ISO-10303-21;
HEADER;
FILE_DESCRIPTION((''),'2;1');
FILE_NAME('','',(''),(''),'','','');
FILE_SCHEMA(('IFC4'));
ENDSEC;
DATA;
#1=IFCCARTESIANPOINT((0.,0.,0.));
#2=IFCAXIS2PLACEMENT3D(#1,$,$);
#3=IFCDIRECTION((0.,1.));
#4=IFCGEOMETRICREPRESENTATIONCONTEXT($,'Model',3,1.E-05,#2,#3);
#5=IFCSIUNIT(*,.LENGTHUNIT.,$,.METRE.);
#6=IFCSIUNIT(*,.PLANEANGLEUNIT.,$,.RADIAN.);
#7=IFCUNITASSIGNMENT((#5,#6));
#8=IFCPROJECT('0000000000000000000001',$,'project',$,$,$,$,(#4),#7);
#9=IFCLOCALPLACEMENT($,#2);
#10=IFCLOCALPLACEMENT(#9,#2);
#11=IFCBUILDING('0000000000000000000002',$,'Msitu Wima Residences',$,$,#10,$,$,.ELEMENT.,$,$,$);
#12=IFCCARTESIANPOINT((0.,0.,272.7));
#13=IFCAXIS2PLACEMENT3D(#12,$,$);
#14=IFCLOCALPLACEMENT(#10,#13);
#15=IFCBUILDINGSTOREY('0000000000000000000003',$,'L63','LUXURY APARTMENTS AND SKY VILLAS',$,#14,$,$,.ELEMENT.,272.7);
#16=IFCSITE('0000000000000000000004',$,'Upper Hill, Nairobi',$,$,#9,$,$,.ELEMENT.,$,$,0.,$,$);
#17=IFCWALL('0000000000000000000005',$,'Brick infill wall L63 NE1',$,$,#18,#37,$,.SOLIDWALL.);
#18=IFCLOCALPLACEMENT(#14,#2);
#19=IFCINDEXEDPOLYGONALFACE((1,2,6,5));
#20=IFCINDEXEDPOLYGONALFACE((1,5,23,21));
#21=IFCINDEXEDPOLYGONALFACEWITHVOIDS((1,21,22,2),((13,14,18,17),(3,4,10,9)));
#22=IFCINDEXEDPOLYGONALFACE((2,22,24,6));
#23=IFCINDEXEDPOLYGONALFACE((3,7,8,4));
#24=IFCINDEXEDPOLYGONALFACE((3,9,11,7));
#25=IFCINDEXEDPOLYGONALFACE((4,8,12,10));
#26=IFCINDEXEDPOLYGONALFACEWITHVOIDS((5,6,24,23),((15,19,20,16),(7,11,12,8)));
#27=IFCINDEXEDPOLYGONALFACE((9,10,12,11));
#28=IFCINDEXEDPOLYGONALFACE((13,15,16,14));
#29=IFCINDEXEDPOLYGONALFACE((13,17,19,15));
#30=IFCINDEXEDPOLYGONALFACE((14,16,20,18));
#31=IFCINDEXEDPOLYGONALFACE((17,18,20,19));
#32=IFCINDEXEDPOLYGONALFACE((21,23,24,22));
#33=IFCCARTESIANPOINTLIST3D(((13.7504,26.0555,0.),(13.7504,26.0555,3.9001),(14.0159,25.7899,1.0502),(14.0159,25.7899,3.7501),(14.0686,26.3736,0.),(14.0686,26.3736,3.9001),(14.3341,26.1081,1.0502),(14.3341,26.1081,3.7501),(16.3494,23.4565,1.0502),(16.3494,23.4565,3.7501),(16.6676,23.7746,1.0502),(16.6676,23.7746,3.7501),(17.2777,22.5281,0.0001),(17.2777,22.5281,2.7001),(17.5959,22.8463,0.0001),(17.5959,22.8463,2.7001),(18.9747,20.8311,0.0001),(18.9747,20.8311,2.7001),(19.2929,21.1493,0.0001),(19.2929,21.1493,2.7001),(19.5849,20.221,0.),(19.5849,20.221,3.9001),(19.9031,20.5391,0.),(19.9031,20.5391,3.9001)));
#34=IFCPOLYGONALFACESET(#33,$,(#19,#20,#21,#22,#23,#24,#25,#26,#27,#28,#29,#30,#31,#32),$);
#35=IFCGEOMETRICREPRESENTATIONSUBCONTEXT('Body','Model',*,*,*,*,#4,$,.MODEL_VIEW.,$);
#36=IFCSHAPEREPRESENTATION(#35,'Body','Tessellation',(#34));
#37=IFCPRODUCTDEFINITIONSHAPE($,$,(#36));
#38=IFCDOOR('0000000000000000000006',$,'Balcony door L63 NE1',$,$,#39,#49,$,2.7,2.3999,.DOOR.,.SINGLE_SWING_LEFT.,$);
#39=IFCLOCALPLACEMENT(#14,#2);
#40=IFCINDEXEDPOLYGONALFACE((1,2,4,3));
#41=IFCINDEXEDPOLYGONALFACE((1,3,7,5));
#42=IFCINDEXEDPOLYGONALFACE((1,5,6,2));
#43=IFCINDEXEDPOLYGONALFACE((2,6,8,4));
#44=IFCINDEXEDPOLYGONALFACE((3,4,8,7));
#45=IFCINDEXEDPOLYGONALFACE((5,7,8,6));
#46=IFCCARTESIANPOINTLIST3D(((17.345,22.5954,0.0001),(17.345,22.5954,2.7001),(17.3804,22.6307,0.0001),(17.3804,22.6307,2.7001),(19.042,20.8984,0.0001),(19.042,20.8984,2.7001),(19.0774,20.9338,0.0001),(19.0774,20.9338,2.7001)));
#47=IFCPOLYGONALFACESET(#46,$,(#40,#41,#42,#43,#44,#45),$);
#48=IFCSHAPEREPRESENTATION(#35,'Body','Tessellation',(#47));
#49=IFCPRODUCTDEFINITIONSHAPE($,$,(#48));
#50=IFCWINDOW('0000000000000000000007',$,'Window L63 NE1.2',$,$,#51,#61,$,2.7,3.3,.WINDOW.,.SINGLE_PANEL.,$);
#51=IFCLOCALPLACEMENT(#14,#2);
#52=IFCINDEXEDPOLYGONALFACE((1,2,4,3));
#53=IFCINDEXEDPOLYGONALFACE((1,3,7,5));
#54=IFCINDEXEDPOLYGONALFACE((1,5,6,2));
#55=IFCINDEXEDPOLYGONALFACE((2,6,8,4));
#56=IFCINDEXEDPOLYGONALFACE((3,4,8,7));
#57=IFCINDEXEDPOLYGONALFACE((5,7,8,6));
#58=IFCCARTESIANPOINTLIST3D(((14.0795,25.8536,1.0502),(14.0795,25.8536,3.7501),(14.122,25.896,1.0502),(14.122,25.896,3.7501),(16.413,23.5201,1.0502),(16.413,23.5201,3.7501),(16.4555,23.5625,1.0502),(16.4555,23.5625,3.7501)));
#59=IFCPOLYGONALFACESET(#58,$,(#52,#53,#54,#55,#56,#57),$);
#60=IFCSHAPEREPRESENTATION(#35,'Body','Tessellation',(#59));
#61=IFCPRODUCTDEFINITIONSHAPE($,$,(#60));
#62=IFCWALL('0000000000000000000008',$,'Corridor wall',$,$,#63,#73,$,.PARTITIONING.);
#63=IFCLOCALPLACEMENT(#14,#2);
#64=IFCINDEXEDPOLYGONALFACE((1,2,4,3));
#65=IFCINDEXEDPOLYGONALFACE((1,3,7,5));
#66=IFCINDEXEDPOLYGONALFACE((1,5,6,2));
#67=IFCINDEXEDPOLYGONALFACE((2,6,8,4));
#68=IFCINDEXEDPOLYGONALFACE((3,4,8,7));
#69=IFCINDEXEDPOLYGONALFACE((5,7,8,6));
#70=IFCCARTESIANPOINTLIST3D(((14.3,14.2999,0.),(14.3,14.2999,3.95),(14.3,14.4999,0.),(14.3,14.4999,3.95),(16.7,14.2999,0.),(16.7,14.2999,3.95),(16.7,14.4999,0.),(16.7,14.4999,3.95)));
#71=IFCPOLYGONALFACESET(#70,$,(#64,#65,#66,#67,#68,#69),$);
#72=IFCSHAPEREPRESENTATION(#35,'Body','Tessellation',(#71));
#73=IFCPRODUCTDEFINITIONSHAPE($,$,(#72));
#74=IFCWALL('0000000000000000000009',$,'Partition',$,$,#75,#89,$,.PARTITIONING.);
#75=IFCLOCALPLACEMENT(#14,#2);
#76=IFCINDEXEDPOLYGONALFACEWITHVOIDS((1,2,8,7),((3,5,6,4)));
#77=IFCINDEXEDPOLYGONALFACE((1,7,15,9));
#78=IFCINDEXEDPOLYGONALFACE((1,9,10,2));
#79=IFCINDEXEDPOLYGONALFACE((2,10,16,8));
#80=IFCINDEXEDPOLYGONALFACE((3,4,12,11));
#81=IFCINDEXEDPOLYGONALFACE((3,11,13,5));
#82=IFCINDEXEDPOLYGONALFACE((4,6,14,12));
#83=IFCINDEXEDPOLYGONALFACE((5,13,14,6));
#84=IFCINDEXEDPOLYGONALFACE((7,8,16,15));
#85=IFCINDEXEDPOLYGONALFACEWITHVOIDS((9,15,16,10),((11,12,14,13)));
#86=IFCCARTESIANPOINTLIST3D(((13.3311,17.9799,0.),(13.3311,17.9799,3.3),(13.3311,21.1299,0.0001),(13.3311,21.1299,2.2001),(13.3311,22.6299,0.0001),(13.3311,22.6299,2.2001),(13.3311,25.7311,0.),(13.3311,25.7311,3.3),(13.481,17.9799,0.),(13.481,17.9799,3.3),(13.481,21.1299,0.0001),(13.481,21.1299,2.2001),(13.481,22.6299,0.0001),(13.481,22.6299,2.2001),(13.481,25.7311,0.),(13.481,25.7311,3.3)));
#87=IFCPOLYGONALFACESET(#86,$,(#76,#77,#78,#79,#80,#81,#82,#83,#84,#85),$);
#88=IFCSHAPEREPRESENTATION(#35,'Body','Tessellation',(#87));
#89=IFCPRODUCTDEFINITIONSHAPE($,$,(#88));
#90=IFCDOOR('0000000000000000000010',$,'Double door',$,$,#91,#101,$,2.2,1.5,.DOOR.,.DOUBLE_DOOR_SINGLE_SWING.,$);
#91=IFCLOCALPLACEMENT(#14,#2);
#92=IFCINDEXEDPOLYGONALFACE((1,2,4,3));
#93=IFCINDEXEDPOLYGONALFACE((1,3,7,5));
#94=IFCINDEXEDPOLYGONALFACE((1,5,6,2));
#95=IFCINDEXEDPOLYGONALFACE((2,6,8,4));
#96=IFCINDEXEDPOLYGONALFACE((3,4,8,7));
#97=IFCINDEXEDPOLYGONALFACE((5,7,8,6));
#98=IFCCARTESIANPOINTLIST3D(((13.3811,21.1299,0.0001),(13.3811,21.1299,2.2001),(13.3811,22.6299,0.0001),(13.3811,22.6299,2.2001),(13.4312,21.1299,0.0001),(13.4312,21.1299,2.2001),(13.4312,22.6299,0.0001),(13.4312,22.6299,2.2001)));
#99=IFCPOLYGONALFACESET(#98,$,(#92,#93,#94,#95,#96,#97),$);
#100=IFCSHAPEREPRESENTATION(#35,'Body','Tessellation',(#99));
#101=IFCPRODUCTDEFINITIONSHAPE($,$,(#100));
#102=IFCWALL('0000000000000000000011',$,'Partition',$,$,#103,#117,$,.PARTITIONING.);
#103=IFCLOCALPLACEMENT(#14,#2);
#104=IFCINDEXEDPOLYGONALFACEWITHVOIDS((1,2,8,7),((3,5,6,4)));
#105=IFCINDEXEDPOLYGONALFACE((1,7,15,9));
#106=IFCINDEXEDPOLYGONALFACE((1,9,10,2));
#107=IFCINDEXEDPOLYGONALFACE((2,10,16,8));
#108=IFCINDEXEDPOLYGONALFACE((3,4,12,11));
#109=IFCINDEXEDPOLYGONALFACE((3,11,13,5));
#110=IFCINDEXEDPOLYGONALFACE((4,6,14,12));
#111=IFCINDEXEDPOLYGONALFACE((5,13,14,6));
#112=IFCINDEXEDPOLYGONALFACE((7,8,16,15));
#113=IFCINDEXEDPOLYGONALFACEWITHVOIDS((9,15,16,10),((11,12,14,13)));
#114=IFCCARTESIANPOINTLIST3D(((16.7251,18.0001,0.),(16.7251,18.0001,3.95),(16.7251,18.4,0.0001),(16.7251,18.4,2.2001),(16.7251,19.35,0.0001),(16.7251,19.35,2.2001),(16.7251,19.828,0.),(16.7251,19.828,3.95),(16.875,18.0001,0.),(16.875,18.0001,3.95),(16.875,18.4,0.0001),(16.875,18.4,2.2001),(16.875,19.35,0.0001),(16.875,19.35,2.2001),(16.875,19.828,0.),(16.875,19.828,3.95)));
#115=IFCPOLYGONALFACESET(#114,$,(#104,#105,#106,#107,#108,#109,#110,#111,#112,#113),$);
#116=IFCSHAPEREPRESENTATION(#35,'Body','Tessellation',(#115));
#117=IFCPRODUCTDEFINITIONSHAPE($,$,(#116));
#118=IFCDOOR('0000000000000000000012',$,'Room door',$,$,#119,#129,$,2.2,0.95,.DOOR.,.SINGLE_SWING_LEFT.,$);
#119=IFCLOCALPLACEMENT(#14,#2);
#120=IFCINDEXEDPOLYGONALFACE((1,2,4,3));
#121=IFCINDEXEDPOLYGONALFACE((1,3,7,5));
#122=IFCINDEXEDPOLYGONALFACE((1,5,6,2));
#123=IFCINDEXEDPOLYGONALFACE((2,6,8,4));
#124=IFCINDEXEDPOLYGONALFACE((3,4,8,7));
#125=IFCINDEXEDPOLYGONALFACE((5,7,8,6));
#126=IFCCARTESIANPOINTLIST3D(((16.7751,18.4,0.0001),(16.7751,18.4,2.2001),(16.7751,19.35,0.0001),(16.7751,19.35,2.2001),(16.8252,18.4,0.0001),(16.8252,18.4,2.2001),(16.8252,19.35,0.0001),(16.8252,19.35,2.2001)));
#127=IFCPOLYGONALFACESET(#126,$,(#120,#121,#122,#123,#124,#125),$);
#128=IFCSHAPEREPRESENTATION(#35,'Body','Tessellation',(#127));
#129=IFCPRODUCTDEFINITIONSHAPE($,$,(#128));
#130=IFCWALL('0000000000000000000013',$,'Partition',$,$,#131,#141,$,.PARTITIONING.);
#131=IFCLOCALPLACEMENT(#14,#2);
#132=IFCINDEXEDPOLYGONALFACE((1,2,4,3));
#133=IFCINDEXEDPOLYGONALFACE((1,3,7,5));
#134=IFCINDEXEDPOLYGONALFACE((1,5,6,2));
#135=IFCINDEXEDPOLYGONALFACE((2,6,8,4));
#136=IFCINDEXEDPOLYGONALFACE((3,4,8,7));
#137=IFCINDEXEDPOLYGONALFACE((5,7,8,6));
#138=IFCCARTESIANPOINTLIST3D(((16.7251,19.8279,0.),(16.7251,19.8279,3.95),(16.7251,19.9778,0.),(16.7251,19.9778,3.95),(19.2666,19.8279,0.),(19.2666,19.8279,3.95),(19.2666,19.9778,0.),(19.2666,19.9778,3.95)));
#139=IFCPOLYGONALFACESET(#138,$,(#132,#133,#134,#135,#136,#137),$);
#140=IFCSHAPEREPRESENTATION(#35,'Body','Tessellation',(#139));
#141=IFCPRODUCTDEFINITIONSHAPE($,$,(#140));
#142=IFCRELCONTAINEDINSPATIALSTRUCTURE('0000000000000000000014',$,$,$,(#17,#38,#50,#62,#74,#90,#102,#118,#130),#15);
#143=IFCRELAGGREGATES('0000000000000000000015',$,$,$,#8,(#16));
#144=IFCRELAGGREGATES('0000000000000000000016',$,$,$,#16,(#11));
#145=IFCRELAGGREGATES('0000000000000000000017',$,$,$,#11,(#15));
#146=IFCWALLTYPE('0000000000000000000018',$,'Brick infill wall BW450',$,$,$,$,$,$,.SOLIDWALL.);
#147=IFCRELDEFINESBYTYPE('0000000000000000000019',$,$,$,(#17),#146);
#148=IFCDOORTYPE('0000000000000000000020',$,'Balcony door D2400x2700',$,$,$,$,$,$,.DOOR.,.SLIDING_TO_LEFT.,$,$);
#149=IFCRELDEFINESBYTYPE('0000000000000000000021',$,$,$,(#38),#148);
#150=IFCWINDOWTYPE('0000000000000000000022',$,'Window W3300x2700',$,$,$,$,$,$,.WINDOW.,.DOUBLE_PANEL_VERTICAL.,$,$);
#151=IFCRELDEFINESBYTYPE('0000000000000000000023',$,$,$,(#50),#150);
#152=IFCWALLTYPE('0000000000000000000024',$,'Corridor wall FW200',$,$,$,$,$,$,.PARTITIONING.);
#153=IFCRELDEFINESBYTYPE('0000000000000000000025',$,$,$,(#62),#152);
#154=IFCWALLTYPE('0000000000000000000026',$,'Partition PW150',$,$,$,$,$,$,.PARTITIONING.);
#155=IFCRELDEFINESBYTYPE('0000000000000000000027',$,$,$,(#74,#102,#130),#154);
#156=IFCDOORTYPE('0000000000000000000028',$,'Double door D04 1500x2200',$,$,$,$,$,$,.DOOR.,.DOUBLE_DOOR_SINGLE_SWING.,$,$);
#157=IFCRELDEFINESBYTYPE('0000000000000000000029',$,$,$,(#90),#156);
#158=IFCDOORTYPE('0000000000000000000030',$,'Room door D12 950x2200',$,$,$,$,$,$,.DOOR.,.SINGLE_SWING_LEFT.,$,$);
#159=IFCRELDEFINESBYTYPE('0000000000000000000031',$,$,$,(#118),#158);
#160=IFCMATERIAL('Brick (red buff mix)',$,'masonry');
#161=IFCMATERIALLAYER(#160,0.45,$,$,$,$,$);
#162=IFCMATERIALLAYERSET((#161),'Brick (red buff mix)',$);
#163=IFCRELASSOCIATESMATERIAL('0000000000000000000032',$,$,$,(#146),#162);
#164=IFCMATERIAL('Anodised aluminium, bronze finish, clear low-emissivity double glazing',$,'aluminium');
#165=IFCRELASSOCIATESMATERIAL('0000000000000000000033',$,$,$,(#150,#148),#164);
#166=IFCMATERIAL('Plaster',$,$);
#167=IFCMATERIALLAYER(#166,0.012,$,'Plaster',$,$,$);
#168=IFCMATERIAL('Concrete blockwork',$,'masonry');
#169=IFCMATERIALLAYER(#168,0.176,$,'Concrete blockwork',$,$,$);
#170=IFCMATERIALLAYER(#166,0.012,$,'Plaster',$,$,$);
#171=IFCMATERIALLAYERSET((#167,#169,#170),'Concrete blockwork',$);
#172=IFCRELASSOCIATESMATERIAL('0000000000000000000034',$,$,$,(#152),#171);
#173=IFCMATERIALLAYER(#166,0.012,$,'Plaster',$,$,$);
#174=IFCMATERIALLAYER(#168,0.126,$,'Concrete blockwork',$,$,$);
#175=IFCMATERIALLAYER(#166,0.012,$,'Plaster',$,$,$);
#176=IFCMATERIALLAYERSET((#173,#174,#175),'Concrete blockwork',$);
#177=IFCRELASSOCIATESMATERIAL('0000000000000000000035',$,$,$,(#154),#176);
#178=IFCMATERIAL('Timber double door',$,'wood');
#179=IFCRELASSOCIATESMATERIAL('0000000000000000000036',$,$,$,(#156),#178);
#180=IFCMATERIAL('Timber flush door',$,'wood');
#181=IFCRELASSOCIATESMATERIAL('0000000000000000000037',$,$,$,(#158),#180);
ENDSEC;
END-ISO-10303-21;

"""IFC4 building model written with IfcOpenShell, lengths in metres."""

from ifc_helpers import new_model, si_unit, direction, frame, frame_2d, origin, place, context, subcontext, project, spatial, rectangle, extrude, material, layer, layer_set, type_object, element, fill, save


model = new_model("IFC4")

# Units and contexts
model_context = context("Model", 3, precision=1e-05, world=origin(), true_north=direction((0.0, 1.0)))
body_context = subcontext(model_context, "Body", "Model", "MODEL_VIEW")
ifc_project = project(units=[si_unit("LENGTHUNIT", "METRE"), si_unit("PLANEANGLEUNIT", "RADIAN")], contexts=[model_context])

# Site, building, storey
site_placement = place(None, origin())
site = spatial("IfcSite", under=ifc_project, at=site_placement, Name="Upper Hill, Nairobi", CompositionType="ELEMENT", RefElevation=0.0)
building_placement = place(site_placement, origin())
building = spatial("IfcBuilding", under=site, at=building_placement, Name="Msitu Wima Residences", CompositionType="ELEMENT")
storey_placement = place(building_placement, frame((0.0, 0.0, 272.7)))
storey = spatial("IfcBuildingStorey", under=building, at=storey_placement, Name="L63", Description="LUXURY APARTMENTS AND SKY VILLAS", CompositionType="ELEMENT", Elevation=272.7)

# Shared definitions
ifc_material_1 = material(Name="Brick (red buff mix)", Category="masonry")
ifc_layer_1 = layer(ifc_material_1, 0.45)
ifc_layer_set_1 = layer_set([ifc_layer_1], Name="Brick (red buff mix)")
wall_type_1 = type_object("IfcWallType", Name="Brick infill wall BW450", PredefinedType="SOLIDWALL", material=ifc_layer_set_1)
ifc_material_2 = material(Name="Anodised aluminium, bronze finish, clear low-emissivity double glazing", Category="aluminium")
window_type = type_object("IfcWindowType", Name="Window W3300x2700", PartitioningType="DOUBLE_PANEL_VERTICAL", PredefinedType="WINDOW", material=ifc_material_2)

# Wall, openings, door, window
wall_1_placement = place(storey_placement, frame((19.7439, 20.3801, 0.0), z_axis=(0.0, 0.0, 1.0), x_axis=(-0.707107, 0.707107, 0.0)))
wall_1 = element("IfcWall", 1, at=wall_1_placement, inside=storey, type_object=wall_type_1, Name="Brick infill wall L63 NE1", PredefinedType="SOLIDWALL", context=body_context, shape_type="SweptSolid", body=[
    extrude(rectangle(XDim=8.2512, YDim=0.45, at=frame_2d((4.1255, 0.0))), origin(), (0.0, 0.0, 1.0), 3.9001),
])
opening_1_placement = place(wall_1_placement, frame((0.8628, 0.0, 0.0)))
opening_1 = element("IfcOpeningElement", 2, at=opening_1_placement, cuts=wall_1, PredefinedType="OPENING", context=body_context, shape_type="SweptSolid", body=[
    extrude(rectangle(XDim=2.3999, YDim=2.7, at=frame_2d((1.2, 1.3501))), frame((0.0, 0.2349, 0.0), z_axis=(0.0, -1.0, 0.0), x_axis=(1.0, 0.0, 0.0)), (0.0, 0.0, 1.0), 0.47),
])
opening_2_placement = place(wall_1_placement, frame((4.5757, 0.0, 1.05)))
opening_2 = element("IfcOpeningElement", 3, at=opening_2_placement, cuts=wall_1, PredefinedType="OPENING", context=body_context, shape_type="SweptSolid", body=[
    extrude(rectangle(XDim=3.3, YDim=2.7, at=frame_2d((1.6499, 1.3501))), frame((0.0, 0.2349, 0.0), z_axis=(0.0, -1.0, 0.0), x_axis=(1.0, 0.0, 0.0)), (0.0, 0.0, 1.0), 0.47),
])
door_type_1 = type_object("IfcDoorType", Name="Balcony door D2400x2700", OperationType="SLIDING_TO_LEFT", PredefinedType="DOOR", material=ifc_material_2)
door_1_placement = place(opening_1_placement, origin())
door_1 = element("IfcDoor", 4, at=door_1_placement, inside=storey, type_object=door_type_1, Name="Balcony door L63 NE1", OperationType="SINGLE_SWING_LEFT", OverallHeight=2.7, OverallWidth=2.3999, PredefinedType="DOOR", context=body_context, shape_type="SweptSolid", body=[
    extrude(rectangle(XDim=2.3999, YDim=2.7, at=frame_2d((1.2, 1.3501))), frame((0.0, 0.1299, 0.0), z_axis=(0.0, -1.0, 0.0), x_axis=(1.0, 0.0, 0.0)), (0.0, 0.0, 1.0), 0.05),
])
fill(opening_1, door_1)
window_1_placement = place(opening_2_placement, origin())
window_1 = element("IfcWindow", 5, at=window_1_placement, inside=storey, type_object=window_type, Name="Window L63 NE1.2", OverallHeight=2.7, OverallWidth=3.3, PartitioningType="SINGLE_PANEL", PredefinedType="WINDOW", context=body_context, shape_type="SweptSolid", body=[
    extrude(rectangle(XDim=3.3, YDim=2.7, at=frame_2d((1.6499, 1.3501))), frame((0.0, 0.135, 0.0), z_axis=(0.0, -1.0, 0.0), x_axis=(1.0, 0.0, 0.0)), (0.0, 0.0, 1.0), 0.0601),
])
fill(opening_2, window_1)

# Wall
ifc_material_3 = material(Name="Plaster")
ifc_layer_2 = layer(ifc_material_3, 0.012, Name="Plaster")
ifc_material_4 = material(Name="Concrete blockwork", Category="masonry")
ifc_layer_3 = layer(ifc_material_4, 0.176, Name="Concrete blockwork")
ifc_layer_4 = layer(ifc_material_3, 0.012, Name="Plaster")
ifc_layer_set_2 = layer_set([ifc_layer_2, ifc_layer_3, ifc_layer_4], Name="Concrete blockwork")
wall_type_2 = type_object("IfcWallType", Name="Corridor wall FW200", PredefinedType="PARTITIONING", material=ifc_layer_set_2)
wall_2_placement = place(storey_placement, frame((14.3, 14.3999, 0.0), z_axis=(0.0, 0.0, 1.0), x_axis=(1.0, 0.0, 0.0)))
element("IfcWall", 6, at=wall_2_placement, inside=storey, type_object=wall_type_2, Name="Corridor wall", PredefinedType="PARTITIONING", context=body_context, shape_type="SweptSolid", body=[
    extrude(rectangle(XDim=2.3999, YDim=0.2, at=frame_2d((1.2, 0.0))), origin(), (0.0, 0.0, 1.0), 3.95),
])

# Walls, openings, doors
ifc_layer_5 = layer(ifc_material_3, 0.012, Name="Plaster")
ifc_layer_6 = layer(ifc_material_4, 0.126, Name="Concrete blockwork")
ifc_layer_7 = layer(ifc_material_3, 0.012, Name="Plaster")
ifc_layer_set_3 = layer_set([ifc_layer_5, ifc_layer_6, ifc_layer_7], Name="Concrete blockwork")
wall_type_3 = type_object("IfcWallType", Name="Partition PW150", PredefinedType="PARTITIONING", material=ifc_layer_set_3)
wall_3_placement = place(storey_placement, frame((13.406, 17.98, 0.0), z_axis=(0.0, 0.0, 1.0), x_axis=(0.0, 1.0, 0.0)))
wall_3 = element("IfcWall", 7, at=wall_3_placement, inside=storey, type_object=wall_type_3, Name="Partition", PredefinedType="PARTITIONING", context=body_context, shape_type="SweptSolid", body=[
    extrude(rectangle(XDim=7.7512, YDim=0.1499, at=frame_2d((3.8755, 0.0))), origin(), (0.0, 0.0, 1.0), 3.3),
])
opening_3_placement = place(wall_3_placement, frame((3.1499, 0.0, 0.0)))
opening_3 = element("IfcOpeningElement", 8, at=opening_3_placement, cuts=wall_3, PredefinedType="OPENING", context=body_context, shape_type="SweptSolid", body=[
    extrude(rectangle(XDim=1.5, YDim=2.2, at=frame_2d((0.75, 1.1001))), frame((0.0, 0.085, 0.0), z_axis=(0.0, -1.0, 0.0), x_axis=(1.0, 0.0, 0.0)), (0.0, 0.0, 1.0), 0.1699),
])
ifc_material_5 = material(Name="Timber double door", Category="wood")
door_type_2 = type_object("IfcDoorType", Name="Double door D04 1500x2200", OperationType="DOUBLE_DOOR_SINGLE_SWING", PredefinedType="DOOR", material=ifc_material_5)
door_2_placement = place(opening_3_placement, origin())
door_2 = element("IfcDoor", 9, at=door_2_placement, inside=storey, type_object=door_type_2, Name="Double door", OperationType="DOUBLE_DOOR_SINGLE_SWING", OverallHeight=2.2, OverallWidth=1.5, PredefinedType="DOOR", context=body_context, shape_type="SweptSolid", body=[
    extrude(rectangle(XDim=1.5, YDim=2.2, at=frame_2d((0.75, 1.1001))), frame((0.0, 0.0249, 0.0), z_axis=(0.0, -1.0, 0.0), x_axis=(1.0, 0.0, 0.0)), (0.0, 0.0, 1.0), 0.05),
])
fill(opening_3, door_2)
wall_4_placement = place(storey_placement, frame((16.8, 18.0, 0.0), z_axis=(0.0, 0.0, 1.0), x_axis=(0.0, 1.0, 0.0)))
wall_4 = element("IfcWall", 10, at=wall_4_placement, inside=storey, type_object=wall_type_3, Name="Partition", PredefinedType="PARTITIONING", context=body_context, shape_type="SweptSolid", body=[
    extrude(rectangle(XDim=1.8279, YDim=0.1499, at=frame_2d((0.9141, 0.0))), origin(), (0.0, 0.0, 1.0), 3.95),
])
opening_4_placement = place(wall_4_placement, frame((0.3999, 0.0, 0.0)))
opening_4 = element("IfcOpeningElement", 11, at=opening_4_placement, cuts=wall_4, PredefinedType="OPENING", context=body_context, shape_type="SweptSolid", body=[
    extrude(rectangle(XDim=0.95, YDim=2.2, at=frame_2d((0.4751, 1.1001))), frame((0.0, 0.085, 0.0), z_axis=(0.0, -1.0, 0.0), x_axis=(1.0, 0.0, 0.0)), (0.0, 0.0, 1.0), 0.1699),
])
ifc_material_6 = material(Name="Timber flush door", Category="wood")
door_type_3 = type_object("IfcDoorType", Name="Room door D12 950x2200", OperationType="SINGLE_SWING_LEFT", PredefinedType="DOOR", material=ifc_material_6)
door_3_placement = place(opening_4_placement, origin())
door_3 = element("IfcDoor", 12, at=door_3_placement, inside=storey, type_object=door_type_3, Name="Room door", OperationType="SINGLE_SWING_LEFT", OverallHeight=2.2, OverallWidth=0.95, PredefinedType="DOOR", context=body_context, shape_type="SweptSolid", body=[
    extrude(rectangle(XDim=0.95, YDim=2.2, at=frame_2d((0.4751, 1.1001))), frame((0.0, 0.0249, 0.0), z_axis=(0.0, -1.0, 0.0), x_axis=(1.0, 0.0, 0.0)), (0.0, 0.0, 1.0), 0.05),
])
fill(opening_4, door_3)

# Wall
wall_5_placement = place(storey_placement, frame((16.7251, 19.9028, 0.0), z_axis=(0.0, 0.0, 1.0), x_axis=(1.0, 0.0, 0.0)))
element("IfcWall", 13, at=wall_5_placement, inside=storey, type_object=wall_type_3, Name="Partition", PredefinedType="PARTITIONING", context=body_context, shape_type="SweptSolid", body=[
    extrude(rectangle(XDim=2.5415, YDim=0.1499, at=frame_2d((1.2708, 0.0))), origin(), (0.0, 0.0, 1.0), 3.95),
])

save(model, "model.ifc")
